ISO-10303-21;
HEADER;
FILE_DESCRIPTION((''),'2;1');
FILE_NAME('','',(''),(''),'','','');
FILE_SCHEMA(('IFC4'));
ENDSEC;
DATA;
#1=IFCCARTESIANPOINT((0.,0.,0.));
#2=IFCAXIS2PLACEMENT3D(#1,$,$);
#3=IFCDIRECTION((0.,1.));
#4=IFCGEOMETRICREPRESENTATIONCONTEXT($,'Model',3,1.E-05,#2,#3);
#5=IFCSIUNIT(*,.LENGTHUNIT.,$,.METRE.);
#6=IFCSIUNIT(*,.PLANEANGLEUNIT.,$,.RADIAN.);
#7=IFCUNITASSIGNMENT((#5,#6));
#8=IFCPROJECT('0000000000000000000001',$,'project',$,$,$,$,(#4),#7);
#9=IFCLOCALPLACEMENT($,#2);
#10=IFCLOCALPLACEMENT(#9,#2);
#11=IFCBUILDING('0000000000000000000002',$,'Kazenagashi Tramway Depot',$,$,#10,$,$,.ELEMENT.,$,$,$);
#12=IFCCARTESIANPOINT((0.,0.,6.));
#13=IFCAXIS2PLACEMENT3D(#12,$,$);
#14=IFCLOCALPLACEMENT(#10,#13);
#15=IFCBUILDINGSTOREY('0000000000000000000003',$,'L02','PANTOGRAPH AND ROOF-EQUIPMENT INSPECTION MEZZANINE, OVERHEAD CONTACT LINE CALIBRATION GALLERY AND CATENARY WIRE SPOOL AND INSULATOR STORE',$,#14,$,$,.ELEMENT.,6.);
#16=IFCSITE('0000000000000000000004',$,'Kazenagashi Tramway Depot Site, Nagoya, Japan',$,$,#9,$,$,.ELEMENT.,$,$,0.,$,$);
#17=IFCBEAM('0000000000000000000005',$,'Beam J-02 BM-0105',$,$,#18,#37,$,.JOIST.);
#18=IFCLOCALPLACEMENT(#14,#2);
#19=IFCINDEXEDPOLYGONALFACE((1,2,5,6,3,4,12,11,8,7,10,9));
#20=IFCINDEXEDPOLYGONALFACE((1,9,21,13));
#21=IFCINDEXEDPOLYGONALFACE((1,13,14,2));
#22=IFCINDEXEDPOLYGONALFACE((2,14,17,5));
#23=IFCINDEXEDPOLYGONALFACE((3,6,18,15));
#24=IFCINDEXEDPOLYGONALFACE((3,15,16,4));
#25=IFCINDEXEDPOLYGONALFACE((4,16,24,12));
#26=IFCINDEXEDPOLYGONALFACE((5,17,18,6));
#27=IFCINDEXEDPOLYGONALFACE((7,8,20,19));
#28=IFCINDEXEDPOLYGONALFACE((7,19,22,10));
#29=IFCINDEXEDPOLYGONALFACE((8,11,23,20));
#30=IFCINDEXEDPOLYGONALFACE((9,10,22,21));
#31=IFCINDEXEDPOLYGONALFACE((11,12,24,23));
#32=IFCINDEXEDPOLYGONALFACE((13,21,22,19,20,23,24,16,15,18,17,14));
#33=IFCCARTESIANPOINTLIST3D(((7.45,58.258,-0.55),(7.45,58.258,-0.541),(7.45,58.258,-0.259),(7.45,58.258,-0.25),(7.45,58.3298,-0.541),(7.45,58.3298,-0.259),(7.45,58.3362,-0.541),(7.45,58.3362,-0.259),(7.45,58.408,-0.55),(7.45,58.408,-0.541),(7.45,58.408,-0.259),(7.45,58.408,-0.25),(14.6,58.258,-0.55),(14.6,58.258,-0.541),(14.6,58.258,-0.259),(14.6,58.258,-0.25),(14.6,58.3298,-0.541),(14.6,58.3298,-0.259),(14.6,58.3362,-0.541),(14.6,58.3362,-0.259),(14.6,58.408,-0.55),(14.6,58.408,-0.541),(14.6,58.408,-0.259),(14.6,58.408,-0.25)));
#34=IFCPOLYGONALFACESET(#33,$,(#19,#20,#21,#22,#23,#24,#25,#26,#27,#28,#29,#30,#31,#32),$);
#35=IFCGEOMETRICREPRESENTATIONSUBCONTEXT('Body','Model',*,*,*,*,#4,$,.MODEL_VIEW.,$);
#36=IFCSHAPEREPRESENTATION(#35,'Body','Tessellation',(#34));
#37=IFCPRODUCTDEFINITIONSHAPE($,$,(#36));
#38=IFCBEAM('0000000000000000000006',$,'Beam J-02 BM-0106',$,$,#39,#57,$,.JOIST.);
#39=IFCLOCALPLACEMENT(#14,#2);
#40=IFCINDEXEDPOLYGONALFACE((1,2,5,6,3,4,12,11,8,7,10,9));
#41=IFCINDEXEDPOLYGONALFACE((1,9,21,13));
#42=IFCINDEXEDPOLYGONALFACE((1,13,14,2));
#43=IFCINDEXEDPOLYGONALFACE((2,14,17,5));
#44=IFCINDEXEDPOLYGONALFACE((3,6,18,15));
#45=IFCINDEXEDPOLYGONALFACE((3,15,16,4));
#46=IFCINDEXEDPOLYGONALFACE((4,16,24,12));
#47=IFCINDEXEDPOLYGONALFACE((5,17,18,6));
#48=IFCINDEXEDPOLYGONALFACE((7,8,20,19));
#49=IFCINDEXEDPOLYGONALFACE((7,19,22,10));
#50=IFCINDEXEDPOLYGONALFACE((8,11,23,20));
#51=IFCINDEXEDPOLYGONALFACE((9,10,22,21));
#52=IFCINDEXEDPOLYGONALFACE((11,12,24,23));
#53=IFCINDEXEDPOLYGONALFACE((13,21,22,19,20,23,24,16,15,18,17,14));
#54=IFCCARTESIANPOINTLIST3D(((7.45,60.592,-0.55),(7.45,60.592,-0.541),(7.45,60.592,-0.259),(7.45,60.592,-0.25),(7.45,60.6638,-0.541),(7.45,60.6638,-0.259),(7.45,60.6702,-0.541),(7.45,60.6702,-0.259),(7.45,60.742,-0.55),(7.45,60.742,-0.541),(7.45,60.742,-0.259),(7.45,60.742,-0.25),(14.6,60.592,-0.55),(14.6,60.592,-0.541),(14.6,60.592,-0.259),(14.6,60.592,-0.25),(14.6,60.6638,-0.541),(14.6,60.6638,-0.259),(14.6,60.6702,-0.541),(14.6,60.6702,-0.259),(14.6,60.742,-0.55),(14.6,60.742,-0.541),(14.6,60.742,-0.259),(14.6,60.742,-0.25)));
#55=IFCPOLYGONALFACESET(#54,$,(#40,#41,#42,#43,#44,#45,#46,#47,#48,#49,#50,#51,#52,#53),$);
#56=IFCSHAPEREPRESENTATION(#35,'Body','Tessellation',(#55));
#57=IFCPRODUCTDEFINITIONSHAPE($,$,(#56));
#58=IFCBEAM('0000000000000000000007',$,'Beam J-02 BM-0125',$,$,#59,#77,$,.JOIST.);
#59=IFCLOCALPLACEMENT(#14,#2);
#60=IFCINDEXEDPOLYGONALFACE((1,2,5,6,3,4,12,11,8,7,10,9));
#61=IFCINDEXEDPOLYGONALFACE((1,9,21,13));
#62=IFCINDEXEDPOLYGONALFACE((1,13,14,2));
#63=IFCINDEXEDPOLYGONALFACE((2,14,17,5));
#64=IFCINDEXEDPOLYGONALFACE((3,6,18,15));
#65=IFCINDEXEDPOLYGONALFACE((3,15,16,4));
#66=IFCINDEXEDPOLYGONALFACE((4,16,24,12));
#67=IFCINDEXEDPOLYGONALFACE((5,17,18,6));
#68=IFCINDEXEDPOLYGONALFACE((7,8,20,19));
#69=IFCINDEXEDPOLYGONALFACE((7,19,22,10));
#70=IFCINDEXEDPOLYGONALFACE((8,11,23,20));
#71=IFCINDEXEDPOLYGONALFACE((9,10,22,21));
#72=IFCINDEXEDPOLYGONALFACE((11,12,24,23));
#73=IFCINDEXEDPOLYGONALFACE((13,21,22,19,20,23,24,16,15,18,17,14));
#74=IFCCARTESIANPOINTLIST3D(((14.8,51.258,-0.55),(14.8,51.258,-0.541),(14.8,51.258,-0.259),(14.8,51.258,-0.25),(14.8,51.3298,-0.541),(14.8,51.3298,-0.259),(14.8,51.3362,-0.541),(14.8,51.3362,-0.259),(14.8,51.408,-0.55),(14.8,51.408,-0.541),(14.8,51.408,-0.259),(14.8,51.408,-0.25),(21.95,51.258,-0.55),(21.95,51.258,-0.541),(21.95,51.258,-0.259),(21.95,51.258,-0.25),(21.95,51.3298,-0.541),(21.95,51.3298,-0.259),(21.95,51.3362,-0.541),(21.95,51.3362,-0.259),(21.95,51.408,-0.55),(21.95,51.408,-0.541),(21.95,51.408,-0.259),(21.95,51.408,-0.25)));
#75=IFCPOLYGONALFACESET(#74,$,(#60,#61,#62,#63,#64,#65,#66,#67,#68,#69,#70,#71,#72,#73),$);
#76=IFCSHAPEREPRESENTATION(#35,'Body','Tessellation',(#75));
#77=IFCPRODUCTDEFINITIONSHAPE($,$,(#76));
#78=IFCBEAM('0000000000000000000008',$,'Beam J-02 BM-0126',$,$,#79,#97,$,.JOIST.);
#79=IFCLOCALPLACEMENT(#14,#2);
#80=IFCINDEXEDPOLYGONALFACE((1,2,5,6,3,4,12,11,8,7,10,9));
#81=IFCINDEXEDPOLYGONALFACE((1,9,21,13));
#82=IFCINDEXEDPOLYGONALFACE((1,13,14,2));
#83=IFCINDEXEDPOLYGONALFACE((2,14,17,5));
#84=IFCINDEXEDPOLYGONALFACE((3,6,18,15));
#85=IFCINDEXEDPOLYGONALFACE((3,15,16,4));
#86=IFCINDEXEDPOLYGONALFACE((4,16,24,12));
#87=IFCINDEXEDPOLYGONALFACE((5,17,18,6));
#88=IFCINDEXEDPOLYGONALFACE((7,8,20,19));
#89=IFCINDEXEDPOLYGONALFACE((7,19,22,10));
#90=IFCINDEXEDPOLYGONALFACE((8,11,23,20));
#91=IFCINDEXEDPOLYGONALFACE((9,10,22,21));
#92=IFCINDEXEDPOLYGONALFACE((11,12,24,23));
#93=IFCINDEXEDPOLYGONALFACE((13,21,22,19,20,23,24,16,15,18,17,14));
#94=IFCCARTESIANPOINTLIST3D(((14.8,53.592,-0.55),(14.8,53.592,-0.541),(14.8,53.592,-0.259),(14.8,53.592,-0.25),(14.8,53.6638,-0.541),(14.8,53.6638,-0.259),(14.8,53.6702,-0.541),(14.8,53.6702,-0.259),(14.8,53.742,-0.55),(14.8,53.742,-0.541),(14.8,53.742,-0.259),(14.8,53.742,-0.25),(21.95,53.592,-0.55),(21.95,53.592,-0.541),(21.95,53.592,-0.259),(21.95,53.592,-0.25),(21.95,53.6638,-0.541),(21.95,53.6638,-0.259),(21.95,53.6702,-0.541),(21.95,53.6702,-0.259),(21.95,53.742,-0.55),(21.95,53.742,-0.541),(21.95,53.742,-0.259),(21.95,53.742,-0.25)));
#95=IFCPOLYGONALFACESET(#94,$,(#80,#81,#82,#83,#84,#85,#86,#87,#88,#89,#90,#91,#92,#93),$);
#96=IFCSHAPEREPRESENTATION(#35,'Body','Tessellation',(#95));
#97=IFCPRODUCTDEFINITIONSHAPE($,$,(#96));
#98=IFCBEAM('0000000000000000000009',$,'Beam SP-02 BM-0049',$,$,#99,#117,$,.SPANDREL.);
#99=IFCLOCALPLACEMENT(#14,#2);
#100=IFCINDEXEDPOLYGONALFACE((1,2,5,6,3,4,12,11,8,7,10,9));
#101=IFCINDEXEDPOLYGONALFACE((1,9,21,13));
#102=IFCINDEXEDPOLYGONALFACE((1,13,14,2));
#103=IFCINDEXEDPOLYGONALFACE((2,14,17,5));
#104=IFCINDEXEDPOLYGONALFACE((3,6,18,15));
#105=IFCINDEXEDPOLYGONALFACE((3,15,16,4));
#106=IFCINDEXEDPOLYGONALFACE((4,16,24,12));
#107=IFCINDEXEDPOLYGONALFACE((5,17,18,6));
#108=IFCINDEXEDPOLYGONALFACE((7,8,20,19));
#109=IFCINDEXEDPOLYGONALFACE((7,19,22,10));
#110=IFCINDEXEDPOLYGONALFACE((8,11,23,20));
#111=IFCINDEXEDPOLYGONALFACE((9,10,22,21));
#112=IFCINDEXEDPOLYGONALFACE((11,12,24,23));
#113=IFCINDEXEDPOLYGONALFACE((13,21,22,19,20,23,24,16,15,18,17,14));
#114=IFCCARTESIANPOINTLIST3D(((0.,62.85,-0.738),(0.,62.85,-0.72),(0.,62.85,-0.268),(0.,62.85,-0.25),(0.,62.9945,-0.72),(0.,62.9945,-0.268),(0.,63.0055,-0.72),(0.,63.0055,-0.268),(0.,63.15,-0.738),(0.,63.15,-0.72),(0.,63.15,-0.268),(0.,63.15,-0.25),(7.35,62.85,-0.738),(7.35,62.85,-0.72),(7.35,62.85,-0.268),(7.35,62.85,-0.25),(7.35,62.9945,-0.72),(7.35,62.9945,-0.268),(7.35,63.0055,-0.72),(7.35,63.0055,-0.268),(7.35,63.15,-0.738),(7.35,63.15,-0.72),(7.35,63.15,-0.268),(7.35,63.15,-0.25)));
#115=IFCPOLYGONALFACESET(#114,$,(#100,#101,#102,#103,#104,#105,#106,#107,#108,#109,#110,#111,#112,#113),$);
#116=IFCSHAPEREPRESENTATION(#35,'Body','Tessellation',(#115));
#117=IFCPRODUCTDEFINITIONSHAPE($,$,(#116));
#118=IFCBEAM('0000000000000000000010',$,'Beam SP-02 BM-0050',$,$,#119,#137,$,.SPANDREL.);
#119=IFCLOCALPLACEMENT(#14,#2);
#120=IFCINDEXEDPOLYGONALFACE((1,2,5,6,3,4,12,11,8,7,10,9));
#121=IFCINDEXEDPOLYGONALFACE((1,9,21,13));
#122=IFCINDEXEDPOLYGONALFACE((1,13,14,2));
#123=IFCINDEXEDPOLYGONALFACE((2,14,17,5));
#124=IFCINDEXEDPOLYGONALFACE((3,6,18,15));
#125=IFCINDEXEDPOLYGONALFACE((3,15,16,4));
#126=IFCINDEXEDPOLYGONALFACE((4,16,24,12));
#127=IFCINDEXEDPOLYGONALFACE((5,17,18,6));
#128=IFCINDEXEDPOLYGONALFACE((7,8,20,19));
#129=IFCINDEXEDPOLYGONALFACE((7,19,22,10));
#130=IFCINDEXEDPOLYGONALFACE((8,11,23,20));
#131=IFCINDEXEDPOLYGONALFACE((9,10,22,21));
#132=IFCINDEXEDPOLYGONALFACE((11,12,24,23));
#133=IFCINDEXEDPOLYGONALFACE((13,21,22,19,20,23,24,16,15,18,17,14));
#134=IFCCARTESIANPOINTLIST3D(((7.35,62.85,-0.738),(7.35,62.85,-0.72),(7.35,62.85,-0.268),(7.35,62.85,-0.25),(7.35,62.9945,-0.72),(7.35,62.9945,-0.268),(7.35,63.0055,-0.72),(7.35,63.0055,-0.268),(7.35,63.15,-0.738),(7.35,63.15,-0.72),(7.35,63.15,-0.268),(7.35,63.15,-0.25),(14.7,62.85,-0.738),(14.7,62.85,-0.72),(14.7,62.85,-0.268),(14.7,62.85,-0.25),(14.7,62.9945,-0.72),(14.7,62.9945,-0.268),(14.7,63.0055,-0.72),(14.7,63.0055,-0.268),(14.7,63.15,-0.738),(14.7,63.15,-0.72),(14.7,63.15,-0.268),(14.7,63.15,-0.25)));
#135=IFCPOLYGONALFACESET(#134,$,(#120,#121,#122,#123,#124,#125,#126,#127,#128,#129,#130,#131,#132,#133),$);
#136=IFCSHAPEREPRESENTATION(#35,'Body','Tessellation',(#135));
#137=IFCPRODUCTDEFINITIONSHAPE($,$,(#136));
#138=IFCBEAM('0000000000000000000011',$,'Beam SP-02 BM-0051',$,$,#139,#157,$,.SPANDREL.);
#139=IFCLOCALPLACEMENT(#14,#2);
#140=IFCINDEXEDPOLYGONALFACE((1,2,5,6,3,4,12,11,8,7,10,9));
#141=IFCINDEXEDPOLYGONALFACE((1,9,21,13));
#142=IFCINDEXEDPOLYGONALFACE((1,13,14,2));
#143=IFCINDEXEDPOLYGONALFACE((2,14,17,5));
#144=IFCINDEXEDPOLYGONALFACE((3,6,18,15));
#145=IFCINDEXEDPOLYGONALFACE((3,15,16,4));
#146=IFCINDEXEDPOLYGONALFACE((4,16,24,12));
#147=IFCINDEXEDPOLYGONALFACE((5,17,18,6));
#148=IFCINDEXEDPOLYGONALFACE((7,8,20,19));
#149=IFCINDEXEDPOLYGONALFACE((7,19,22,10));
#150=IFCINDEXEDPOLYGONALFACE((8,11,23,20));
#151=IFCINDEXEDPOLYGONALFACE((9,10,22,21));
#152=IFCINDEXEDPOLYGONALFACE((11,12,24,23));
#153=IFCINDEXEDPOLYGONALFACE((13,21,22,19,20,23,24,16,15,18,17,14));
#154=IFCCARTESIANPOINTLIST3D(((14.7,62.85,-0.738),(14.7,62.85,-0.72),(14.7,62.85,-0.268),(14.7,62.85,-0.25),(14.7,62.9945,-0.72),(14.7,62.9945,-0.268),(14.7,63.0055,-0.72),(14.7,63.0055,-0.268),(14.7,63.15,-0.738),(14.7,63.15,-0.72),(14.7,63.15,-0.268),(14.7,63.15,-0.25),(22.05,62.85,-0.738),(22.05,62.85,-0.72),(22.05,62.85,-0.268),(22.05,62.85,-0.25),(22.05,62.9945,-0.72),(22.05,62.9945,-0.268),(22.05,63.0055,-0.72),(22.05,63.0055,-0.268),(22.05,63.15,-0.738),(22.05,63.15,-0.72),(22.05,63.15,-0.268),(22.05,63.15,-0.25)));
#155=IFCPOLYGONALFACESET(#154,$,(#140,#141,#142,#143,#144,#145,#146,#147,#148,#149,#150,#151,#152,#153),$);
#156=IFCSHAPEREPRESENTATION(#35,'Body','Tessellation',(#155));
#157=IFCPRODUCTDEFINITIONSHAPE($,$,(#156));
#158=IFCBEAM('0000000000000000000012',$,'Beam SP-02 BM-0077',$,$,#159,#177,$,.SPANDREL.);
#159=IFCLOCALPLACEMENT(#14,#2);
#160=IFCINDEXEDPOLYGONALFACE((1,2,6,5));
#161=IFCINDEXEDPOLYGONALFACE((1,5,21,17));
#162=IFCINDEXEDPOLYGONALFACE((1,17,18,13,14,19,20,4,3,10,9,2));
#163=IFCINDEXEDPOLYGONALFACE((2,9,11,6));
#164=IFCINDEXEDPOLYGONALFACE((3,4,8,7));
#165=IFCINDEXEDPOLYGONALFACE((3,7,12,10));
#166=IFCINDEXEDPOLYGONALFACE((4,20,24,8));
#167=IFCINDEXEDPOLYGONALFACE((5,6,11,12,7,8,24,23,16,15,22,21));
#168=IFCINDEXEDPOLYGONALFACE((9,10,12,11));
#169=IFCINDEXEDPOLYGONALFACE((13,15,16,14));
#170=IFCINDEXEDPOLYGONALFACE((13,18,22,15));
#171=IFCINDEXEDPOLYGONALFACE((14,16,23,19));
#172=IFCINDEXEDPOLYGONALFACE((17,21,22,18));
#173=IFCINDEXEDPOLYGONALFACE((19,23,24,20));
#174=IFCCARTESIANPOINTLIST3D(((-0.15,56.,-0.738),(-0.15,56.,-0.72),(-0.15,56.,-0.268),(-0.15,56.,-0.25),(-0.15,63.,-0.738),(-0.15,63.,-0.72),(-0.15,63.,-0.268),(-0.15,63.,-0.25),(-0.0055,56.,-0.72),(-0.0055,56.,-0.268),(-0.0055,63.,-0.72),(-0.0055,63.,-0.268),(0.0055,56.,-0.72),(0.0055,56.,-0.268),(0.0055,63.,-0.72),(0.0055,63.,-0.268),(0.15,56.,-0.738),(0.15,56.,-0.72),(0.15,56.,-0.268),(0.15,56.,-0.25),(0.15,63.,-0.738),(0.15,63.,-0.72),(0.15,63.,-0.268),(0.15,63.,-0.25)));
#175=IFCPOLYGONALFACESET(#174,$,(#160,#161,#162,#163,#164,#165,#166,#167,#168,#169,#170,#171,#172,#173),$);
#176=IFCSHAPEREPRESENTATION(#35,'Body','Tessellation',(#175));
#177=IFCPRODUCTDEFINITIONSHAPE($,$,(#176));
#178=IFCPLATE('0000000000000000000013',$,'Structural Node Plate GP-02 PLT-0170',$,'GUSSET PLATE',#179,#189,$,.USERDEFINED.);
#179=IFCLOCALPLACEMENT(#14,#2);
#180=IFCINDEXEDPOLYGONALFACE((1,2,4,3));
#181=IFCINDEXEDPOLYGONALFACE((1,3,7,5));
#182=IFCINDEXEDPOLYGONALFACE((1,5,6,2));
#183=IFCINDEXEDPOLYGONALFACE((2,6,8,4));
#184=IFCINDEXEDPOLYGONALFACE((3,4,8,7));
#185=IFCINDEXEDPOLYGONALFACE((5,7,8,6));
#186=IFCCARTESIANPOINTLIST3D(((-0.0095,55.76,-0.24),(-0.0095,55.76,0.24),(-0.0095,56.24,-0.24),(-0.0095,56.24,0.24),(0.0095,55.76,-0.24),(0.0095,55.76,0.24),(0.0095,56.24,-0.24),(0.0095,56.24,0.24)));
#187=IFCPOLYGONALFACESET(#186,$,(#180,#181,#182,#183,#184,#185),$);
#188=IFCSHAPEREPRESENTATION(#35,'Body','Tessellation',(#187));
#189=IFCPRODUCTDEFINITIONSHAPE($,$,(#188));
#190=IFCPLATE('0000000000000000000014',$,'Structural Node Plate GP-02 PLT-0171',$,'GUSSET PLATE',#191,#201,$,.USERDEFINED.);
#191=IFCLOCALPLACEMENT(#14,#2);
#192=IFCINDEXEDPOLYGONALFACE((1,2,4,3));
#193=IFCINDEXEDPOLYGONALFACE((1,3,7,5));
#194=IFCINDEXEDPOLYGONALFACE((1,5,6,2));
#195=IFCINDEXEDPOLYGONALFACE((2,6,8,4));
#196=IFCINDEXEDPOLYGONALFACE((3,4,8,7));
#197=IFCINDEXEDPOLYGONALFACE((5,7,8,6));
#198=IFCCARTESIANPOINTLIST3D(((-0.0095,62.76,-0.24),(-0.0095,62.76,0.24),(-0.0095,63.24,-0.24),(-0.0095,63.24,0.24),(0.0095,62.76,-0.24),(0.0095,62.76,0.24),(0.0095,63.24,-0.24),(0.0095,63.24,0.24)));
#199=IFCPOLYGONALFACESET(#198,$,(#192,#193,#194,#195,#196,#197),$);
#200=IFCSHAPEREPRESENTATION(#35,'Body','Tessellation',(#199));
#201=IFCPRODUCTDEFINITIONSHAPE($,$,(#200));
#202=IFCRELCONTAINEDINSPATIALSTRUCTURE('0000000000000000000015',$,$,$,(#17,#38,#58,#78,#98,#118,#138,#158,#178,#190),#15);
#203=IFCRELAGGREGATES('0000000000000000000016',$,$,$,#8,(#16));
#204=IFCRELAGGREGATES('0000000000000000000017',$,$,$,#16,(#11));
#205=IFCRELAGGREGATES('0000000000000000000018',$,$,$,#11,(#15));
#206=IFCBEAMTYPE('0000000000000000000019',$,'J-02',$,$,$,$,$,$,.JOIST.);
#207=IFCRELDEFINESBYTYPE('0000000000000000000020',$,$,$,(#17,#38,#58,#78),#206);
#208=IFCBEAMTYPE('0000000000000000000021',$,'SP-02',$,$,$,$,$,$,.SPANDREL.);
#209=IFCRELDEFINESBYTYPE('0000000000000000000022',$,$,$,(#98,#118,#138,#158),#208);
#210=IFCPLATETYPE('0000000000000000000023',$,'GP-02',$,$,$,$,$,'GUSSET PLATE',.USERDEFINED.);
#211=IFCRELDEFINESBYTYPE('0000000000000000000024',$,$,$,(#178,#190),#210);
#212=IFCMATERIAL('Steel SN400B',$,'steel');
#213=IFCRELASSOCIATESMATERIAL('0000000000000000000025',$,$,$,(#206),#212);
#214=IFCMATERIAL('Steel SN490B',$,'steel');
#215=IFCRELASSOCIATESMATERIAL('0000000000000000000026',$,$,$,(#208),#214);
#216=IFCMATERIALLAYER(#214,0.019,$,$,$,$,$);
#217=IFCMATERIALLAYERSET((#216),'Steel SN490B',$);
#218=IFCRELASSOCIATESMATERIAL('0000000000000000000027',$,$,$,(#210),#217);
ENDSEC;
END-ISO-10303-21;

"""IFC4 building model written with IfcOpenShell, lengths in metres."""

from ifc_helpers import new_model, si_unit, direction, frame, origin, origin_2d, place, context, subcontext, project, spatial, rectangle, i_section, extrude, material, layer, layer_set, material_profile, profile_set, type_object, element, save


model = new_model("IFC4")

# Units and contexts
model_context = context("Model", 3, precision=1e-05, world=origin(), true_north=direction((0.0, 1.0)))
body_context = subcontext(model_context, "Body", "Model", "MODEL_VIEW")
ifc_project = project(units=[si_unit("LENGTHUNIT", "METRE"), si_unit("PLANEANGLEUNIT", "RADIAN")], contexts=[model_context])

# Site, building, storey
site_placement = place(None, origin())
site = spatial("IfcSite", under=ifc_project, at=site_placement, Name="Kazenagashi Tramway Depot Site, Nagoya, Japan", CompositionType="ELEMENT", RefElevation=0.0)
building_placement = place(site_placement, origin())
building = spatial("IfcBuilding", under=site, at=building_placement, Name="Kazenagashi Tramway Depot", CompositionType="ELEMENT")
storey_placement = place(building_placement, frame((0.0, 0.0, 6.0)))
storey = spatial("IfcBuildingStorey", under=building, at=storey_placement, Name="L02", Description="PANTOGRAPH AND ROOF-EQUIPMENT INSPECTION MEZZANINE, OVERHEAD CONTACT LINE CALIBRATION GALLERY AND CATENARY WIRE SPOOL AND INSULATOR STORE", CompositionType="ELEMENT", Elevation=6.0)

# Shared definitions
ifc_material_1 = material(Name="Steel SN490B", Category="steel")

# Beams
ifc_material_2 = material(Name="Steel SN400B", Category="steel")
ifc_material_profile_1 = material_profile(ifc_material_2, i_section(OverallWidth=0.15, OverallDepth=0.3, WebThickness=0.0065, FlangeThickness=0.009, at=origin_2d()), Name="H-300x150x6.5x9")
ifc_profile_set_1 = profile_set([ifc_material_profile_1], Name="Steel SN400B")
beam_type_1 = type_object("IfcBeamType", Name="J-02", PredefinedType="JOIST", material=ifc_profile_set_1)
for number, where, z_axis, x_axis, name in (
    (1, (7.45, 58.333, -0.4), (1.0, 0.0, 0.0), (0.0, 1.0, 0.0), "Beam J-02 BM-0105"),
    (2, (7.45, 60.667, -0.4), (1.0, 0.0, 0.0), (0.0, 1.0, 0.0), "Beam J-02 BM-0106"),
    (3, (14.8, 51.333, -0.4), (1.0, 0.0, 0.0), (0.0, 1.0, 0.0), "Beam J-02 BM-0125"),
    (4, (14.8, 53.667, -0.4), (1.0, 0.0, 0.0), (0.0, 1.0, 0.0), "Beam J-02 BM-0126"),
):
    element("IfcBeam", number, at=place(storey_placement, frame(where, z_axis=z_axis, x_axis=x_axis)), inside=storey, type_object=beam_type_1, Name=name, PredefinedType="JOIST", context=body_context, shape_type="SweptSolid", body=[
        extrude(i_section(OverallWidth=0.15, OverallDepth=0.3, WebThickness=0.0065, FlangeThickness=0.009, at=origin_2d()), origin(), (0.0, 0.0, 1.0), 7.15),
    ])
ifc_material_profile_2 = material_profile(ifc_material_1, i_section(OverallWidth=0.3, OverallDepth=0.488, WebThickness=0.011, FlangeThickness=0.018, at=origin_2d()), Name="H-488x300x11x18")
ifc_profile_set_2 = profile_set([ifc_material_profile_2], Name="Steel SN490B")
beam_type_2 = type_object("IfcBeamType", Name="SP-02", PredefinedType="SPANDREL", material=ifc_profile_set_2)
for number, where, z_axis, x_axis, name in (
    (5, (0.0, 63.0, -0.494), (1.0, 0.0, 0.0), (0.0, 1.0, 0.0), "Beam SP-02 BM-0049"),
    (6, (7.35, 63.0, -0.494), (1.0, 0.0, 0.0), (0.0, 1.0, 0.0), "Beam SP-02 BM-0050"),
    (7, (14.7, 63.0, -0.494), (1.0, 0.0, 0.0), (0.0, 1.0, 0.0), "Beam SP-02 BM-0051"),
):
    element("IfcBeam", number, at=place(storey_placement, frame(where, z_axis=z_axis, x_axis=x_axis)), inside=storey, type_object=beam_type_2, Name=name, PredefinedType="SPANDREL", context=body_context, shape_type="SweptSolid", body=[
        extrude(i_section(OverallWidth=0.3, OverallDepth=0.488, WebThickness=0.011, FlangeThickness=0.018, at=origin_2d()), origin(), (0.0, 0.0, 1.0), 7.35),
    ])
beam_placement = place(storey_placement, frame((0.0, 56.0, -0.494), z_axis=(0.0, 1.0, 0.0), x_axis=(-1.0, 0.0, 0.0)))
element("IfcBeam", 8, at=beam_placement, inside=storey, type_object=beam_type_2, Name="Beam SP-02 BM-0077", PredefinedType="SPANDREL", context=body_context, shape_type="SweptSolid", body=[
    extrude(i_section(OverallWidth=0.3, OverallDepth=0.488, WebThickness=0.011, FlangeThickness=0.018, at=origin_2d()), origin(), (0.0, 0.0, 1.0), 7.0),
])

# Plates
ifc_layer_1 = layer(ifc_material_1, 0.019)
ifc_layer_set_1 = layer_set([ifc_layer_1], Name="Steel SN490B")
plate_type_1 = type_object("IfcPlateType", Name="GP-02", ElementType="GUSSET PLATE", PredefinedType="USERDEFINED", material=ifc_layer_set_1)
for number, where, z_axis, x_axis, name in (
    (9, (0.0, 56.0, -0.24), (0.0, 0.0, 1.0), (0.0, 1.0, 0.0), "Structural Node Plate GP-02 PLT-0170"),
    (10, (0.0, 63.0, -0.24), (0.0, 0.0, 1.0), (0.0, 1.0, 0.0), "Structural Node Plate GP-02 PLT-0171"),
):
    element("IfcPlate", number, at=place(storey_placement, frame(where, z_axis=z_axis, x_axis=x_axis)), inside=storey, type_object=plate_type_1, Name=name, ObjectType="GUSSET PLATE", PredefinedType="USERDEFINED", context=body_context, shape_type="SweptSolid", body=[
        extrude(rectangle(XDim=0.48, YDim=0.019, at=origin_2d()), origin(), (0.0, 0.0, 1.0), 0.48),
    ])

save(model, "model.ifc")
